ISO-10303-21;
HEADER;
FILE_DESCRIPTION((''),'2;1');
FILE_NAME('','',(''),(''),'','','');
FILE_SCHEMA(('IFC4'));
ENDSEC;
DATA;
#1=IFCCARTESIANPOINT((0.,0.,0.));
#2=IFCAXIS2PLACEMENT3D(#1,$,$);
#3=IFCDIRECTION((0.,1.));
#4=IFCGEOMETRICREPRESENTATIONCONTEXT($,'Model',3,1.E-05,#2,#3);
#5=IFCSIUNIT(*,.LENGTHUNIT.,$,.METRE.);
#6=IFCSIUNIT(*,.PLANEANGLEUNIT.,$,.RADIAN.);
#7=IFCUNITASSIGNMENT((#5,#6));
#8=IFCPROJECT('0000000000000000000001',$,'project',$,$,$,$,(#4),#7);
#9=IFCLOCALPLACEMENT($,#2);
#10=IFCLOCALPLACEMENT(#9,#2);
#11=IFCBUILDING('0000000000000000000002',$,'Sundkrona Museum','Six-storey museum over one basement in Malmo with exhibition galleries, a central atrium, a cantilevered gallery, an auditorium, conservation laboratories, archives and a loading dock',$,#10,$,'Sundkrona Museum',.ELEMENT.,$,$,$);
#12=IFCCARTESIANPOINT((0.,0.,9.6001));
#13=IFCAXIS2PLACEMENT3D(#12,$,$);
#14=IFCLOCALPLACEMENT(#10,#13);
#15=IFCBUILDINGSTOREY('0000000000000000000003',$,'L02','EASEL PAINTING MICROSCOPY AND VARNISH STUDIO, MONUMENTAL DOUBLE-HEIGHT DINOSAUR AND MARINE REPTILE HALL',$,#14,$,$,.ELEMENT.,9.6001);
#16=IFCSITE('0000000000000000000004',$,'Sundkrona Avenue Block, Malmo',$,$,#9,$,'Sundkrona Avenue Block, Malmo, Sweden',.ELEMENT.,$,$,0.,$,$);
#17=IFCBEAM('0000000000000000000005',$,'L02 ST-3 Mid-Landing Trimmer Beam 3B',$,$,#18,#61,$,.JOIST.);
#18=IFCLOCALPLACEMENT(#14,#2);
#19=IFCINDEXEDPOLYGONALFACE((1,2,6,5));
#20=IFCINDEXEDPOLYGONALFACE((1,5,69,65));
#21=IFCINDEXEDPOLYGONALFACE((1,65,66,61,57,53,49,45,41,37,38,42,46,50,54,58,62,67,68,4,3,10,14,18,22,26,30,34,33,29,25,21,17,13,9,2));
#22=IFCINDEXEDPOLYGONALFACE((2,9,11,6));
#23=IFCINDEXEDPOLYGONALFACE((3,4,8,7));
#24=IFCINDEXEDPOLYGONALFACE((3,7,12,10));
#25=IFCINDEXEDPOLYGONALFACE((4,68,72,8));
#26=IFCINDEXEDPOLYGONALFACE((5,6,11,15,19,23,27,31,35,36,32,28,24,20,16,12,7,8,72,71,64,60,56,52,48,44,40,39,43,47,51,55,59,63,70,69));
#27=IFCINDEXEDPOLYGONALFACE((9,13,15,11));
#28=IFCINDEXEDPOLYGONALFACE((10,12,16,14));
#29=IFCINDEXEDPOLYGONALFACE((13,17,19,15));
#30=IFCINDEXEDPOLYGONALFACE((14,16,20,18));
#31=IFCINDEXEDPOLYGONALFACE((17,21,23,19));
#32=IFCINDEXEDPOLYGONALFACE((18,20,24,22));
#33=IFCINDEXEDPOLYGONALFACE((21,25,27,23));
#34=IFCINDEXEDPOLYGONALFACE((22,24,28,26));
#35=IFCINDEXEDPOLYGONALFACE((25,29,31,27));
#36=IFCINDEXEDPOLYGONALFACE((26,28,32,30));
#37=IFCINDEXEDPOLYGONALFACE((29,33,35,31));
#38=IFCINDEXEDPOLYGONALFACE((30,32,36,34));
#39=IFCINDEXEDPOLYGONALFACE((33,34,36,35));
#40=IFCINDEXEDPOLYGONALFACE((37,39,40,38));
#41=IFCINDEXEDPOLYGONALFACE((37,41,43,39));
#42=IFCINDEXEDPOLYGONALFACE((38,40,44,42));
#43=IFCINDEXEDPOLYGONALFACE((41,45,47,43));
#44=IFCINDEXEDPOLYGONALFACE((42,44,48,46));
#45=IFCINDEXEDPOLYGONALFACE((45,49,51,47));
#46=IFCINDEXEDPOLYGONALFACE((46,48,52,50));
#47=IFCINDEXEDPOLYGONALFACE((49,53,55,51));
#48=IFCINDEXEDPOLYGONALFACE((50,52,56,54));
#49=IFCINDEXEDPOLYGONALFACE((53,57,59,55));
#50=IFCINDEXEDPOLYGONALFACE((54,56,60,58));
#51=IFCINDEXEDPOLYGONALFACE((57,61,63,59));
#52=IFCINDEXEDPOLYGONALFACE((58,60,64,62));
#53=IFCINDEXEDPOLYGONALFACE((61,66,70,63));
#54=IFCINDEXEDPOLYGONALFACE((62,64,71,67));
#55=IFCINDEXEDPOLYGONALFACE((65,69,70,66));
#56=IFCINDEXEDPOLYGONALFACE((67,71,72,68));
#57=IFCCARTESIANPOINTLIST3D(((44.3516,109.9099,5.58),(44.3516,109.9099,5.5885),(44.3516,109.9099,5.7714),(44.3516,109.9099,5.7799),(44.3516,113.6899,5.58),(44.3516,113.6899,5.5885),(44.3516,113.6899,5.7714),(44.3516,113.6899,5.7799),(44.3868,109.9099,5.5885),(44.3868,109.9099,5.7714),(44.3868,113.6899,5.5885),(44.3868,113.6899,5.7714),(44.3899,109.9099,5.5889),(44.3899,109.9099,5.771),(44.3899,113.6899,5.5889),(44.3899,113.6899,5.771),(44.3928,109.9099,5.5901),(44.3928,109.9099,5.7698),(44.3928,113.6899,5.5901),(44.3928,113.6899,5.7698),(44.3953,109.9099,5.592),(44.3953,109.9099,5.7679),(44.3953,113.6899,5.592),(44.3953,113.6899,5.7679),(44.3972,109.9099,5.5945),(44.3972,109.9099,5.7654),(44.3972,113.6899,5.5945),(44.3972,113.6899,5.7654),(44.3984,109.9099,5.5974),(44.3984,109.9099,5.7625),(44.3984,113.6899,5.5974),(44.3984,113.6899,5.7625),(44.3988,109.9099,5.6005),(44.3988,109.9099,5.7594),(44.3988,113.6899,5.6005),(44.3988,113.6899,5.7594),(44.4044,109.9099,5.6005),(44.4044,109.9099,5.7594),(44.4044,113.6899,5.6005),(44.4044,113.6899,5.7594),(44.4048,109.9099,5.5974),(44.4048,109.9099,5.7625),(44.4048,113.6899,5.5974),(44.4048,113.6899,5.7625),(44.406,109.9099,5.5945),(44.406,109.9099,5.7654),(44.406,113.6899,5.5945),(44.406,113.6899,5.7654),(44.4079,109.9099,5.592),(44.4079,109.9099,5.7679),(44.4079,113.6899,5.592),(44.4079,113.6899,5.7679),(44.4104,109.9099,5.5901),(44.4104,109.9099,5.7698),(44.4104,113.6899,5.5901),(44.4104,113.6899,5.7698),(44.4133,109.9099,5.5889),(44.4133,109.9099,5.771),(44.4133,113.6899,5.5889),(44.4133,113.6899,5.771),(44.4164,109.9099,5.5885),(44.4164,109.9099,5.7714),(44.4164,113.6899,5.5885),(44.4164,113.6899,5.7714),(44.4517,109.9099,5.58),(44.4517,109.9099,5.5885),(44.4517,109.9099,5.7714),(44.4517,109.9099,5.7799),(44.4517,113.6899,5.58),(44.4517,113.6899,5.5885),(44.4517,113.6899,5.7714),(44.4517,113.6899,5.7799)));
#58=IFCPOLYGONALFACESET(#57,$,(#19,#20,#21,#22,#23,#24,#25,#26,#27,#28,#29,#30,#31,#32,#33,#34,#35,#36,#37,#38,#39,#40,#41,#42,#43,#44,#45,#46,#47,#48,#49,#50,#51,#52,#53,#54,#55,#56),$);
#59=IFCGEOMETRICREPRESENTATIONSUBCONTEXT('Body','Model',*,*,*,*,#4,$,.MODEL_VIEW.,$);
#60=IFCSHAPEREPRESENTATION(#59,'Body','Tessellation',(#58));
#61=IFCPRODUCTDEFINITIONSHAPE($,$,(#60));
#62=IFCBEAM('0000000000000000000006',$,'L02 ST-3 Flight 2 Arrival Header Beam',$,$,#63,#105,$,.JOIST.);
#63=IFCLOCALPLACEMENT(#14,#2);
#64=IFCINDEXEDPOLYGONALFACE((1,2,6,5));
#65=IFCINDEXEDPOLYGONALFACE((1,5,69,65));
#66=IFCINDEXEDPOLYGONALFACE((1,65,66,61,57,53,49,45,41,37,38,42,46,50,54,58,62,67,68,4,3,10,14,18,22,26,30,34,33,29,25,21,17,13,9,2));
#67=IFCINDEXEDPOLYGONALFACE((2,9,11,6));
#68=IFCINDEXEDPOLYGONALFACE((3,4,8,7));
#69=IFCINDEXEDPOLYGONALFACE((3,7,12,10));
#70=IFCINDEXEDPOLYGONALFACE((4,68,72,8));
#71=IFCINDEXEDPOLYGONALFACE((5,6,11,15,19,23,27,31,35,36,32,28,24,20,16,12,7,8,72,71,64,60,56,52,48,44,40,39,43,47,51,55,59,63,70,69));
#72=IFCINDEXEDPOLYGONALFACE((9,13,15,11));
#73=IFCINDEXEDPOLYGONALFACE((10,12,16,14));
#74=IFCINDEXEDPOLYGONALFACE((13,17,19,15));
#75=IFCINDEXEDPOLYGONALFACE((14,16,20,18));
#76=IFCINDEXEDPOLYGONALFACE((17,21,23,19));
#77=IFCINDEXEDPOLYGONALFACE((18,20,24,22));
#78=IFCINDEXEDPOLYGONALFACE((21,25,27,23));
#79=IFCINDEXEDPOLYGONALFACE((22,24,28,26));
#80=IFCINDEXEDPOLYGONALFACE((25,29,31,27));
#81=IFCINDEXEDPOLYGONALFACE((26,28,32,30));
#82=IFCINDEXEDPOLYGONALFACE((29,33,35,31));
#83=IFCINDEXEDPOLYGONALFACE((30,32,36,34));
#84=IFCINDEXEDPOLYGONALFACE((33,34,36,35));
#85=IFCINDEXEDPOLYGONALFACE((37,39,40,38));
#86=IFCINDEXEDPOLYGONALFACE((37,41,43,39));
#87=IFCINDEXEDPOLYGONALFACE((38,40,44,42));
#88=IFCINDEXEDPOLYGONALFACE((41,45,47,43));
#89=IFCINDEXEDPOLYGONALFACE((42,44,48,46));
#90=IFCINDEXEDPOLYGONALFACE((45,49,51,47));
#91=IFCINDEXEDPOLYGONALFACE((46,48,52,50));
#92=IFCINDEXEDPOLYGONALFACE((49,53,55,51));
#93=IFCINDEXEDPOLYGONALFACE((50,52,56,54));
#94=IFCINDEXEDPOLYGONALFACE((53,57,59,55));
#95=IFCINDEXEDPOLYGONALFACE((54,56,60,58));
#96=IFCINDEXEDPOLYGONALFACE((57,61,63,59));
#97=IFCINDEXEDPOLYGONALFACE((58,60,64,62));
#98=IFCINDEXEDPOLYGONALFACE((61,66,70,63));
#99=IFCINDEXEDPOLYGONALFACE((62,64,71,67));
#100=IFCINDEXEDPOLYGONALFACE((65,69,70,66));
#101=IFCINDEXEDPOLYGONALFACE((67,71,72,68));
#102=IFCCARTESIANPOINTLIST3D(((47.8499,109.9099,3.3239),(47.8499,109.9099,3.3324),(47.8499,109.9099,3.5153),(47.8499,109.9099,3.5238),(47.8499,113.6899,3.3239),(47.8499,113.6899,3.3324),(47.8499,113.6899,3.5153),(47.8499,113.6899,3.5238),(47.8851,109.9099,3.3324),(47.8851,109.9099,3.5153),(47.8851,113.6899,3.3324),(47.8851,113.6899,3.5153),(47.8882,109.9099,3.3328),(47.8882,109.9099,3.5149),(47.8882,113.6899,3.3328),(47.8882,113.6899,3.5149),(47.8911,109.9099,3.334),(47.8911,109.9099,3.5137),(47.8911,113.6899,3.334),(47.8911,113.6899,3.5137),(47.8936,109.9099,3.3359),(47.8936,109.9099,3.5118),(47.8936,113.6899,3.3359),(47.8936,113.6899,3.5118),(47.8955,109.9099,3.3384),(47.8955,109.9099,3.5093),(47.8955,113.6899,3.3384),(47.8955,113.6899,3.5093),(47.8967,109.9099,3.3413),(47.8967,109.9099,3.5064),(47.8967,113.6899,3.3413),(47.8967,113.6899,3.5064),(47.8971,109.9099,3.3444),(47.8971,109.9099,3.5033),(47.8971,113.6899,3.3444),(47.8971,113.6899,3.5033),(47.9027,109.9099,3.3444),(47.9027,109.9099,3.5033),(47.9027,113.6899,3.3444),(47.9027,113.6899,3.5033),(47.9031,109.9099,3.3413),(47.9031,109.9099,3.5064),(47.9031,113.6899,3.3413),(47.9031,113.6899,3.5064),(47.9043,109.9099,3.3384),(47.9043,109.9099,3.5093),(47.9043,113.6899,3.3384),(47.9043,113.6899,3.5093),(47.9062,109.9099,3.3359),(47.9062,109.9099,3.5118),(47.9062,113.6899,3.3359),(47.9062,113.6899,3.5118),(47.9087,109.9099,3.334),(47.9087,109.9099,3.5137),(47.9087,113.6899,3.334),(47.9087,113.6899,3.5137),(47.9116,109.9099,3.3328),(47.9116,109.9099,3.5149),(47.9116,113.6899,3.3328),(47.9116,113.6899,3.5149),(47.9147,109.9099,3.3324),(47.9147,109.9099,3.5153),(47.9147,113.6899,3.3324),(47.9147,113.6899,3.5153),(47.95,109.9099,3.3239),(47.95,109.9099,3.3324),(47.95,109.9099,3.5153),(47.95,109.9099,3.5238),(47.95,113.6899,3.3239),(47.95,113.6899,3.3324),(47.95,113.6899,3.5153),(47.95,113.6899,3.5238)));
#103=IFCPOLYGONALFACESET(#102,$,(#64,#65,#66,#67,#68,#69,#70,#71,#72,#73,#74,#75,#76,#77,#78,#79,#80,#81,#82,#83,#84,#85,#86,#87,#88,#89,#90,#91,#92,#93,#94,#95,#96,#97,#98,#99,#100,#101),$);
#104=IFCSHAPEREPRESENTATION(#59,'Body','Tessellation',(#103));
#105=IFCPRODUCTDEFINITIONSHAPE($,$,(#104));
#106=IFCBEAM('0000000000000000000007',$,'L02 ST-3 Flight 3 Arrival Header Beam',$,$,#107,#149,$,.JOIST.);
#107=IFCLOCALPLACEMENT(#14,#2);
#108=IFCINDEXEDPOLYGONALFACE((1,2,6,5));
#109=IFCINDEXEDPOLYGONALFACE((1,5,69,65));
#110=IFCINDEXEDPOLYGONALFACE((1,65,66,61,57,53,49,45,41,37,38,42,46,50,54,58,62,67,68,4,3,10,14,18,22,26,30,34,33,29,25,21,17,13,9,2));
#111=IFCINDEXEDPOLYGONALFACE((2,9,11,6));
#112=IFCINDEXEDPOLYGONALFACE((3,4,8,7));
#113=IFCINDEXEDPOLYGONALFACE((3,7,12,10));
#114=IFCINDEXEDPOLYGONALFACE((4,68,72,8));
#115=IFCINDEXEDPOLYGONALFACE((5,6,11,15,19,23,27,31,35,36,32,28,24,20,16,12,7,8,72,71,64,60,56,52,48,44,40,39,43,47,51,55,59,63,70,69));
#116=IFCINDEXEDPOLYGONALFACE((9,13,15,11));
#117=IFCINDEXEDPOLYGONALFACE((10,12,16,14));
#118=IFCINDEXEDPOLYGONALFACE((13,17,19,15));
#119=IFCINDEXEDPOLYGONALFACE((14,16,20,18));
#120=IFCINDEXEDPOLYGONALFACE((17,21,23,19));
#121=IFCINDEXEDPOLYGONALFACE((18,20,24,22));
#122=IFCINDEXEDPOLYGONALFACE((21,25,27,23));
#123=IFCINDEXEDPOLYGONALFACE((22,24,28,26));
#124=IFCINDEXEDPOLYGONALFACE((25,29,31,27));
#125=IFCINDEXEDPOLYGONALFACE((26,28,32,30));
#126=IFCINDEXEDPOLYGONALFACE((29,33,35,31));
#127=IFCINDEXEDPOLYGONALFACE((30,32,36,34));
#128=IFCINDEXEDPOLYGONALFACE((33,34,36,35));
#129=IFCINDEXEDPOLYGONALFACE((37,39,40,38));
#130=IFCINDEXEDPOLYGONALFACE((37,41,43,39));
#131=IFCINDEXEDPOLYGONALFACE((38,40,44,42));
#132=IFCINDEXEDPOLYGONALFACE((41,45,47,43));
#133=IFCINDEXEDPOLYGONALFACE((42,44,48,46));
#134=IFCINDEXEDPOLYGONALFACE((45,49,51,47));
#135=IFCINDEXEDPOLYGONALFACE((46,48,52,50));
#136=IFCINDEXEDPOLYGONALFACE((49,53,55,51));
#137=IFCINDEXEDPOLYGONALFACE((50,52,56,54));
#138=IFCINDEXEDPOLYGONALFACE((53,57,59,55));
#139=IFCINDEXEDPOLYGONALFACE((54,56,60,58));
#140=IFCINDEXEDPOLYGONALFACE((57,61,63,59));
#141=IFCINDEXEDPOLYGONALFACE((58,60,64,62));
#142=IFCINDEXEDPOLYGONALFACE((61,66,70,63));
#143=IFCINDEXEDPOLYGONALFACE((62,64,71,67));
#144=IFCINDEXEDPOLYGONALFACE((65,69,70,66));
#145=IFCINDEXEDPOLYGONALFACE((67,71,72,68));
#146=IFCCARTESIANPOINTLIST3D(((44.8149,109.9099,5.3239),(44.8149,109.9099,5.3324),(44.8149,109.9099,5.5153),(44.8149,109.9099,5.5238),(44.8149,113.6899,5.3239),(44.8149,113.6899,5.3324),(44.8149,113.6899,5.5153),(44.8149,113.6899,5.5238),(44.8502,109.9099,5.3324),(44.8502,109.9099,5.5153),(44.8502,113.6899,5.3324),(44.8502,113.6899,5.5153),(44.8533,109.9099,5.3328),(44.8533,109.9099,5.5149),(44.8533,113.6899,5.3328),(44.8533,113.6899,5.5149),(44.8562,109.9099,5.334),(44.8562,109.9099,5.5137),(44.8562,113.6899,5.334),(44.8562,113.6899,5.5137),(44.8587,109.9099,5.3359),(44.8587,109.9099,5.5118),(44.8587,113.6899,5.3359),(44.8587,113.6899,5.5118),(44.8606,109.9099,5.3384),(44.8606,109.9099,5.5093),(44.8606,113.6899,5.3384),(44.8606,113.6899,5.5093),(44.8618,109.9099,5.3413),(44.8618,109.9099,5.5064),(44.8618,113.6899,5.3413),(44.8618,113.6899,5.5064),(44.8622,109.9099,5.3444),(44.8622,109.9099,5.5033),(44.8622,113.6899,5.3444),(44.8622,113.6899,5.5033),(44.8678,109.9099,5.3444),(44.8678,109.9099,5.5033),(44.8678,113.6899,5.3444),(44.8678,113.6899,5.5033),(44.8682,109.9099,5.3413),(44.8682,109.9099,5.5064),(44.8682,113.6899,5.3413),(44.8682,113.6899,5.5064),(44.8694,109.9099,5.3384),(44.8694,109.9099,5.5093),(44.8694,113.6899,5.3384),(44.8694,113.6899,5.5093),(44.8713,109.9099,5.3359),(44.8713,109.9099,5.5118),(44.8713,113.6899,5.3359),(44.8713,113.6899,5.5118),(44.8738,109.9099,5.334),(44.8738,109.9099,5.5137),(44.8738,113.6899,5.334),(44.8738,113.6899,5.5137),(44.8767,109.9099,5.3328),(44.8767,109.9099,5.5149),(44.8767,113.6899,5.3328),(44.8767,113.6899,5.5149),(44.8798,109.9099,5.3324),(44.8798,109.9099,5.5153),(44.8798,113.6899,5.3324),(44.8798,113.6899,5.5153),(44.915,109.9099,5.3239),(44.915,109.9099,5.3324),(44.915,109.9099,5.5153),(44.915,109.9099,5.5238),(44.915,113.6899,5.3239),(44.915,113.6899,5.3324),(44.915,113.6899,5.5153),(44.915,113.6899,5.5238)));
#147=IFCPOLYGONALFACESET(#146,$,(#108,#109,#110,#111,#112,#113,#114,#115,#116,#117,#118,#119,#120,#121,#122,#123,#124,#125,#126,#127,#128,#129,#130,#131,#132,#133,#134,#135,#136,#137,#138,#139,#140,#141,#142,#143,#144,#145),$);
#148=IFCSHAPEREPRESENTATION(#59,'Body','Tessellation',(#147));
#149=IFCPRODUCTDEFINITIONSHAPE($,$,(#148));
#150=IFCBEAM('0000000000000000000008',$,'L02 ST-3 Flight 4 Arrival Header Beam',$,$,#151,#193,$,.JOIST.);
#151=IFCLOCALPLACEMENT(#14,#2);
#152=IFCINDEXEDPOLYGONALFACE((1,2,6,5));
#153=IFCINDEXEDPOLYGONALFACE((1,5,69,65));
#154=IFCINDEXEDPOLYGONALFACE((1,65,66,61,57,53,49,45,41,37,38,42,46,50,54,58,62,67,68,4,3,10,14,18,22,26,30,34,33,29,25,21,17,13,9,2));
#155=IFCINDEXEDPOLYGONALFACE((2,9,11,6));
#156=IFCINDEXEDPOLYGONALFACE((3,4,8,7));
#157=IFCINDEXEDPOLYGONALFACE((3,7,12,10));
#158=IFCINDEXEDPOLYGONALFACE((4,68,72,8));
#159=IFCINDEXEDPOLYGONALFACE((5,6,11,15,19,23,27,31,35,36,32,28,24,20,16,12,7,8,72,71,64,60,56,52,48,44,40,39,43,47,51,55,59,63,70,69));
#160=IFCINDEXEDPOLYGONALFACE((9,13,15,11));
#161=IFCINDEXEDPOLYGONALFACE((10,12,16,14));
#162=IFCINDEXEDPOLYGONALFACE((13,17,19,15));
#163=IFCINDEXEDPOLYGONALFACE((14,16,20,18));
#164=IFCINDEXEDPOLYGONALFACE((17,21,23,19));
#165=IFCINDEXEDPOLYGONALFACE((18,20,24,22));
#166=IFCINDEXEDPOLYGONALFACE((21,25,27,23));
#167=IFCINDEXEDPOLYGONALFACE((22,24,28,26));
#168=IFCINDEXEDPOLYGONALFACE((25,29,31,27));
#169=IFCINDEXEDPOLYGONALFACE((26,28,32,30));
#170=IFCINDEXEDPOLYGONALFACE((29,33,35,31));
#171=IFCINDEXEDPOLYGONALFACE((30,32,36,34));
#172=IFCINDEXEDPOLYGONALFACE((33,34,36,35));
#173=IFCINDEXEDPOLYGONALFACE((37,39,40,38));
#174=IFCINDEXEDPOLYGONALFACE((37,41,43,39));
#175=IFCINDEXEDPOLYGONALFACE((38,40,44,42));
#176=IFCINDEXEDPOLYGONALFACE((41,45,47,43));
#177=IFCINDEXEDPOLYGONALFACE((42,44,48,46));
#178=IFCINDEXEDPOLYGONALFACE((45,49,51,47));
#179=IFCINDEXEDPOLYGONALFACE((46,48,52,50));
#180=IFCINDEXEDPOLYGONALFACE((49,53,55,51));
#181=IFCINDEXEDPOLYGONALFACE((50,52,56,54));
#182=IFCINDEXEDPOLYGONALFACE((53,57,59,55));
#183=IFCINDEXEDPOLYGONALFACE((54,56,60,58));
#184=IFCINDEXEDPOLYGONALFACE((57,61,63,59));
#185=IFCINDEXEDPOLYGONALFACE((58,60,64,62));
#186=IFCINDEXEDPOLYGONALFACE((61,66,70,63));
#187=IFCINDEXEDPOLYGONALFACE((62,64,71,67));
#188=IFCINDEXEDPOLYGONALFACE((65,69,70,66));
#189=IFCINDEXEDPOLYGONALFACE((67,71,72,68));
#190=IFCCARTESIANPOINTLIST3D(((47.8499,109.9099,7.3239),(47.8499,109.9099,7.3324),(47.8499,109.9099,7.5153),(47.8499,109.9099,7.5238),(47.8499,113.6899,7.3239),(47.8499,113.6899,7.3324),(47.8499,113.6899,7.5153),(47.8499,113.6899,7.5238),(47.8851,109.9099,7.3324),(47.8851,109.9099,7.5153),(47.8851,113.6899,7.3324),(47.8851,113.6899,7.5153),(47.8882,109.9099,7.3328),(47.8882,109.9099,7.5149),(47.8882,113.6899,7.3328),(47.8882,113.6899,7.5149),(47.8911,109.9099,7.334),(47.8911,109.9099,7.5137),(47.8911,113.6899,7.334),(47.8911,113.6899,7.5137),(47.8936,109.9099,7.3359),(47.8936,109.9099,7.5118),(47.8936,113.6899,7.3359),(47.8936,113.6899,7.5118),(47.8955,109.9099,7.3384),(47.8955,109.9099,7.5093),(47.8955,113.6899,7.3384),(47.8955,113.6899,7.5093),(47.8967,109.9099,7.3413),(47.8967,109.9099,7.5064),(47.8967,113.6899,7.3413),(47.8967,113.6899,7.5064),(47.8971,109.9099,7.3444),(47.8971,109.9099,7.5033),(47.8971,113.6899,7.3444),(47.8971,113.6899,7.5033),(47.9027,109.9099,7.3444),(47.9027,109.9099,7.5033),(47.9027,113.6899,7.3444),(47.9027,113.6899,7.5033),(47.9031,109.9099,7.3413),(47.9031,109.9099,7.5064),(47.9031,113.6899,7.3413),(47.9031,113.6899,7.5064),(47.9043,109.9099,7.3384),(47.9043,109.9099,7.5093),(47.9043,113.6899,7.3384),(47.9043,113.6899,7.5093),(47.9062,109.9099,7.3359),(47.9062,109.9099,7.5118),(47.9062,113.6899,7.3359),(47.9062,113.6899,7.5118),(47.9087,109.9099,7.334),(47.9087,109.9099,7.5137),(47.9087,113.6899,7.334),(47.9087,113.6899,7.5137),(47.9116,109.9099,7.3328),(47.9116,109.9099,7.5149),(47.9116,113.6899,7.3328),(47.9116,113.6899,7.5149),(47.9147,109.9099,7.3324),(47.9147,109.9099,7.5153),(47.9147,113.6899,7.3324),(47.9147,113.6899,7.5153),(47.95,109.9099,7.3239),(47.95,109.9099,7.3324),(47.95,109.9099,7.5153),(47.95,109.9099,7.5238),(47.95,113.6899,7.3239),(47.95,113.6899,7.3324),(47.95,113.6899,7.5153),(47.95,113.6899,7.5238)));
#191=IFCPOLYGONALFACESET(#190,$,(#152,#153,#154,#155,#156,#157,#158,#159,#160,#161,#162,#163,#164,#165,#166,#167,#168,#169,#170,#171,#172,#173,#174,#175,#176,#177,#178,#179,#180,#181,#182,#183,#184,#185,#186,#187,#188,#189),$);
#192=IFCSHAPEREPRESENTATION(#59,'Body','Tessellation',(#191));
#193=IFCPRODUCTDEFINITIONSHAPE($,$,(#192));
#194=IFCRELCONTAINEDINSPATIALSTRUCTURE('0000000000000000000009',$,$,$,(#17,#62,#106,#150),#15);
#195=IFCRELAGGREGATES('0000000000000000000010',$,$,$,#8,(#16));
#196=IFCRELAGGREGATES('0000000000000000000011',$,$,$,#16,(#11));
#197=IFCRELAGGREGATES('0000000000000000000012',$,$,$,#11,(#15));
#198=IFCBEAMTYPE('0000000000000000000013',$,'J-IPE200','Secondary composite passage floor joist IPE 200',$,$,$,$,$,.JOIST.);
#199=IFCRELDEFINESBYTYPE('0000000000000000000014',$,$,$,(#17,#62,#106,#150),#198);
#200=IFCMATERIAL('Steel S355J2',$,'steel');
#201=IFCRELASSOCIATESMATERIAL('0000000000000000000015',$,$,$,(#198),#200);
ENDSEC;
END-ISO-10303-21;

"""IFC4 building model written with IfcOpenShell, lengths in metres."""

from ifc_helpers import new_model, si_unit, direction, frame, origin, origin_2d, place, context, subcontext, project, spatial, i_section, extrude, material, material_profile, profile_set, type_object, element, save


model = new_model("IFC4")

# Units and contexts
model_context = context("Model", 3, precision=1e-05, world=origin(), true_north=direction((0.0, 1.0)))
body_context = subcontext(model_context, "Body", "Model", "MODEL_VIEW")
ifc_project = project(units=[si_unit("LENGTHUNIT", "METRE"), si_unit("PLANEANGLEUNIT", "RADIAN")], contexts=[model_context])

# Site, building, storey
site_placement = place(None, origin())
site = spatial("IfcSite", under=ifc_project, at=site_placement, Name="Sundkrona Avenue Block, Malmo", LongName="Sundkrona Avenue Block, Malmo, Sweden", CompositionType="ELEMENT", RefElevation=0.0)
building_placement = place(site_placement, origin())
building = spatial("IfcBuilding", under=site, at=building_placement, Name="Sundkrona Museum", Description="Six-storey museum over one basement in Malmo with exhibition galleries, a central atrium, a cantilevered gallery, an auditorium, conservation laboratories, archives and a loading dock", LongName="Sundkrona Museum", CompositionType="ELEMENT")
storey_placement = place(building_placement, frame((0.0, 0.0, 9.6001)))
storey = spatial("IfcBuildingStorey", under=building, at=storey_placement, Name="L02", Description="EASEL PAINTING MICROSCOPY AND VARNISH STUDIO, MONUMENTAL DOUBLE-HEIGHT DINOSAUR AND MARINE REPTILE HALL", CompositionType="ELEMENT", Elevation=9.6001)

# Shared definitions
ifc_material_1 = material(Name="Steel S355J2", Category="steel")

# Beams
ifc_material_profile_1 = material_profile(ifc_material_1, i_section(OverallWidth=0.1001, OverallDepth=0.2, WebThickness=0.0056, FlangeThickness=0.0085, FilletRadius=0.012, at=origin_2d()), Name="IPE 200")
ifc_profile_set_1 = profile_set([ifc_material_profile_1], Name="Steel S355J2")
beam_type_1 = type_object("IfcBeamType", Name="J-IPE200", Description="Secondary composite passage floor joist IPE 200", PredefinedType="JOIST", material=ifc_profile_set_1)
for number, where, z_axis, x_axis, name in (
    (1, (44.4016, 109.9099, 5.6799), (0.0, 1.0, 0.0), (-1.0, 0.0, 0.0), "L02 ST-3 Mid-Landing Trimmer Beam 3B"),
    (2, (47.8999, 109.9099, 3.4238), (0.0, 1.0, 0.0), (-1.0, 0.0, 0.0), "L02 ST-3 Flight 2 Arrival Header Beam"),
    (3, (44.865, 109.9099, 5.4238), (0.0, 1.0, 0.0), (-1.0, 0.0, 0.0), "L02 ST-3 Flight 3 Arrival Header Beam"),
    (4, (47.8999, 109.9099, 7.4238), (0.0, 1.0, 0.0), (-1.0, 0.0, 0.0), "L02 ST-3 Flight 4 Arrival Header Beam"),
):
    element("IfcBeam", number, at=place(storey_placement, frame(where, z_axis=z_axis, x_axis=x_axis)), inside=storey, type_object=beam_type_1, Name=name, PredefinedType="JOIST", context=body_context, shape_type="SweptSolid", body=[
        extrude(i_section(OverallWidth=0.1001, OverallDepth=0.2, WebThickness=0.0056, FlangeThickness=0.0085, FilletRadius=0.012, at=origin_2d()), origin(), (0.0, 0.0, 1.0), 3.78),
    ])

save(model, "model.ifc")
